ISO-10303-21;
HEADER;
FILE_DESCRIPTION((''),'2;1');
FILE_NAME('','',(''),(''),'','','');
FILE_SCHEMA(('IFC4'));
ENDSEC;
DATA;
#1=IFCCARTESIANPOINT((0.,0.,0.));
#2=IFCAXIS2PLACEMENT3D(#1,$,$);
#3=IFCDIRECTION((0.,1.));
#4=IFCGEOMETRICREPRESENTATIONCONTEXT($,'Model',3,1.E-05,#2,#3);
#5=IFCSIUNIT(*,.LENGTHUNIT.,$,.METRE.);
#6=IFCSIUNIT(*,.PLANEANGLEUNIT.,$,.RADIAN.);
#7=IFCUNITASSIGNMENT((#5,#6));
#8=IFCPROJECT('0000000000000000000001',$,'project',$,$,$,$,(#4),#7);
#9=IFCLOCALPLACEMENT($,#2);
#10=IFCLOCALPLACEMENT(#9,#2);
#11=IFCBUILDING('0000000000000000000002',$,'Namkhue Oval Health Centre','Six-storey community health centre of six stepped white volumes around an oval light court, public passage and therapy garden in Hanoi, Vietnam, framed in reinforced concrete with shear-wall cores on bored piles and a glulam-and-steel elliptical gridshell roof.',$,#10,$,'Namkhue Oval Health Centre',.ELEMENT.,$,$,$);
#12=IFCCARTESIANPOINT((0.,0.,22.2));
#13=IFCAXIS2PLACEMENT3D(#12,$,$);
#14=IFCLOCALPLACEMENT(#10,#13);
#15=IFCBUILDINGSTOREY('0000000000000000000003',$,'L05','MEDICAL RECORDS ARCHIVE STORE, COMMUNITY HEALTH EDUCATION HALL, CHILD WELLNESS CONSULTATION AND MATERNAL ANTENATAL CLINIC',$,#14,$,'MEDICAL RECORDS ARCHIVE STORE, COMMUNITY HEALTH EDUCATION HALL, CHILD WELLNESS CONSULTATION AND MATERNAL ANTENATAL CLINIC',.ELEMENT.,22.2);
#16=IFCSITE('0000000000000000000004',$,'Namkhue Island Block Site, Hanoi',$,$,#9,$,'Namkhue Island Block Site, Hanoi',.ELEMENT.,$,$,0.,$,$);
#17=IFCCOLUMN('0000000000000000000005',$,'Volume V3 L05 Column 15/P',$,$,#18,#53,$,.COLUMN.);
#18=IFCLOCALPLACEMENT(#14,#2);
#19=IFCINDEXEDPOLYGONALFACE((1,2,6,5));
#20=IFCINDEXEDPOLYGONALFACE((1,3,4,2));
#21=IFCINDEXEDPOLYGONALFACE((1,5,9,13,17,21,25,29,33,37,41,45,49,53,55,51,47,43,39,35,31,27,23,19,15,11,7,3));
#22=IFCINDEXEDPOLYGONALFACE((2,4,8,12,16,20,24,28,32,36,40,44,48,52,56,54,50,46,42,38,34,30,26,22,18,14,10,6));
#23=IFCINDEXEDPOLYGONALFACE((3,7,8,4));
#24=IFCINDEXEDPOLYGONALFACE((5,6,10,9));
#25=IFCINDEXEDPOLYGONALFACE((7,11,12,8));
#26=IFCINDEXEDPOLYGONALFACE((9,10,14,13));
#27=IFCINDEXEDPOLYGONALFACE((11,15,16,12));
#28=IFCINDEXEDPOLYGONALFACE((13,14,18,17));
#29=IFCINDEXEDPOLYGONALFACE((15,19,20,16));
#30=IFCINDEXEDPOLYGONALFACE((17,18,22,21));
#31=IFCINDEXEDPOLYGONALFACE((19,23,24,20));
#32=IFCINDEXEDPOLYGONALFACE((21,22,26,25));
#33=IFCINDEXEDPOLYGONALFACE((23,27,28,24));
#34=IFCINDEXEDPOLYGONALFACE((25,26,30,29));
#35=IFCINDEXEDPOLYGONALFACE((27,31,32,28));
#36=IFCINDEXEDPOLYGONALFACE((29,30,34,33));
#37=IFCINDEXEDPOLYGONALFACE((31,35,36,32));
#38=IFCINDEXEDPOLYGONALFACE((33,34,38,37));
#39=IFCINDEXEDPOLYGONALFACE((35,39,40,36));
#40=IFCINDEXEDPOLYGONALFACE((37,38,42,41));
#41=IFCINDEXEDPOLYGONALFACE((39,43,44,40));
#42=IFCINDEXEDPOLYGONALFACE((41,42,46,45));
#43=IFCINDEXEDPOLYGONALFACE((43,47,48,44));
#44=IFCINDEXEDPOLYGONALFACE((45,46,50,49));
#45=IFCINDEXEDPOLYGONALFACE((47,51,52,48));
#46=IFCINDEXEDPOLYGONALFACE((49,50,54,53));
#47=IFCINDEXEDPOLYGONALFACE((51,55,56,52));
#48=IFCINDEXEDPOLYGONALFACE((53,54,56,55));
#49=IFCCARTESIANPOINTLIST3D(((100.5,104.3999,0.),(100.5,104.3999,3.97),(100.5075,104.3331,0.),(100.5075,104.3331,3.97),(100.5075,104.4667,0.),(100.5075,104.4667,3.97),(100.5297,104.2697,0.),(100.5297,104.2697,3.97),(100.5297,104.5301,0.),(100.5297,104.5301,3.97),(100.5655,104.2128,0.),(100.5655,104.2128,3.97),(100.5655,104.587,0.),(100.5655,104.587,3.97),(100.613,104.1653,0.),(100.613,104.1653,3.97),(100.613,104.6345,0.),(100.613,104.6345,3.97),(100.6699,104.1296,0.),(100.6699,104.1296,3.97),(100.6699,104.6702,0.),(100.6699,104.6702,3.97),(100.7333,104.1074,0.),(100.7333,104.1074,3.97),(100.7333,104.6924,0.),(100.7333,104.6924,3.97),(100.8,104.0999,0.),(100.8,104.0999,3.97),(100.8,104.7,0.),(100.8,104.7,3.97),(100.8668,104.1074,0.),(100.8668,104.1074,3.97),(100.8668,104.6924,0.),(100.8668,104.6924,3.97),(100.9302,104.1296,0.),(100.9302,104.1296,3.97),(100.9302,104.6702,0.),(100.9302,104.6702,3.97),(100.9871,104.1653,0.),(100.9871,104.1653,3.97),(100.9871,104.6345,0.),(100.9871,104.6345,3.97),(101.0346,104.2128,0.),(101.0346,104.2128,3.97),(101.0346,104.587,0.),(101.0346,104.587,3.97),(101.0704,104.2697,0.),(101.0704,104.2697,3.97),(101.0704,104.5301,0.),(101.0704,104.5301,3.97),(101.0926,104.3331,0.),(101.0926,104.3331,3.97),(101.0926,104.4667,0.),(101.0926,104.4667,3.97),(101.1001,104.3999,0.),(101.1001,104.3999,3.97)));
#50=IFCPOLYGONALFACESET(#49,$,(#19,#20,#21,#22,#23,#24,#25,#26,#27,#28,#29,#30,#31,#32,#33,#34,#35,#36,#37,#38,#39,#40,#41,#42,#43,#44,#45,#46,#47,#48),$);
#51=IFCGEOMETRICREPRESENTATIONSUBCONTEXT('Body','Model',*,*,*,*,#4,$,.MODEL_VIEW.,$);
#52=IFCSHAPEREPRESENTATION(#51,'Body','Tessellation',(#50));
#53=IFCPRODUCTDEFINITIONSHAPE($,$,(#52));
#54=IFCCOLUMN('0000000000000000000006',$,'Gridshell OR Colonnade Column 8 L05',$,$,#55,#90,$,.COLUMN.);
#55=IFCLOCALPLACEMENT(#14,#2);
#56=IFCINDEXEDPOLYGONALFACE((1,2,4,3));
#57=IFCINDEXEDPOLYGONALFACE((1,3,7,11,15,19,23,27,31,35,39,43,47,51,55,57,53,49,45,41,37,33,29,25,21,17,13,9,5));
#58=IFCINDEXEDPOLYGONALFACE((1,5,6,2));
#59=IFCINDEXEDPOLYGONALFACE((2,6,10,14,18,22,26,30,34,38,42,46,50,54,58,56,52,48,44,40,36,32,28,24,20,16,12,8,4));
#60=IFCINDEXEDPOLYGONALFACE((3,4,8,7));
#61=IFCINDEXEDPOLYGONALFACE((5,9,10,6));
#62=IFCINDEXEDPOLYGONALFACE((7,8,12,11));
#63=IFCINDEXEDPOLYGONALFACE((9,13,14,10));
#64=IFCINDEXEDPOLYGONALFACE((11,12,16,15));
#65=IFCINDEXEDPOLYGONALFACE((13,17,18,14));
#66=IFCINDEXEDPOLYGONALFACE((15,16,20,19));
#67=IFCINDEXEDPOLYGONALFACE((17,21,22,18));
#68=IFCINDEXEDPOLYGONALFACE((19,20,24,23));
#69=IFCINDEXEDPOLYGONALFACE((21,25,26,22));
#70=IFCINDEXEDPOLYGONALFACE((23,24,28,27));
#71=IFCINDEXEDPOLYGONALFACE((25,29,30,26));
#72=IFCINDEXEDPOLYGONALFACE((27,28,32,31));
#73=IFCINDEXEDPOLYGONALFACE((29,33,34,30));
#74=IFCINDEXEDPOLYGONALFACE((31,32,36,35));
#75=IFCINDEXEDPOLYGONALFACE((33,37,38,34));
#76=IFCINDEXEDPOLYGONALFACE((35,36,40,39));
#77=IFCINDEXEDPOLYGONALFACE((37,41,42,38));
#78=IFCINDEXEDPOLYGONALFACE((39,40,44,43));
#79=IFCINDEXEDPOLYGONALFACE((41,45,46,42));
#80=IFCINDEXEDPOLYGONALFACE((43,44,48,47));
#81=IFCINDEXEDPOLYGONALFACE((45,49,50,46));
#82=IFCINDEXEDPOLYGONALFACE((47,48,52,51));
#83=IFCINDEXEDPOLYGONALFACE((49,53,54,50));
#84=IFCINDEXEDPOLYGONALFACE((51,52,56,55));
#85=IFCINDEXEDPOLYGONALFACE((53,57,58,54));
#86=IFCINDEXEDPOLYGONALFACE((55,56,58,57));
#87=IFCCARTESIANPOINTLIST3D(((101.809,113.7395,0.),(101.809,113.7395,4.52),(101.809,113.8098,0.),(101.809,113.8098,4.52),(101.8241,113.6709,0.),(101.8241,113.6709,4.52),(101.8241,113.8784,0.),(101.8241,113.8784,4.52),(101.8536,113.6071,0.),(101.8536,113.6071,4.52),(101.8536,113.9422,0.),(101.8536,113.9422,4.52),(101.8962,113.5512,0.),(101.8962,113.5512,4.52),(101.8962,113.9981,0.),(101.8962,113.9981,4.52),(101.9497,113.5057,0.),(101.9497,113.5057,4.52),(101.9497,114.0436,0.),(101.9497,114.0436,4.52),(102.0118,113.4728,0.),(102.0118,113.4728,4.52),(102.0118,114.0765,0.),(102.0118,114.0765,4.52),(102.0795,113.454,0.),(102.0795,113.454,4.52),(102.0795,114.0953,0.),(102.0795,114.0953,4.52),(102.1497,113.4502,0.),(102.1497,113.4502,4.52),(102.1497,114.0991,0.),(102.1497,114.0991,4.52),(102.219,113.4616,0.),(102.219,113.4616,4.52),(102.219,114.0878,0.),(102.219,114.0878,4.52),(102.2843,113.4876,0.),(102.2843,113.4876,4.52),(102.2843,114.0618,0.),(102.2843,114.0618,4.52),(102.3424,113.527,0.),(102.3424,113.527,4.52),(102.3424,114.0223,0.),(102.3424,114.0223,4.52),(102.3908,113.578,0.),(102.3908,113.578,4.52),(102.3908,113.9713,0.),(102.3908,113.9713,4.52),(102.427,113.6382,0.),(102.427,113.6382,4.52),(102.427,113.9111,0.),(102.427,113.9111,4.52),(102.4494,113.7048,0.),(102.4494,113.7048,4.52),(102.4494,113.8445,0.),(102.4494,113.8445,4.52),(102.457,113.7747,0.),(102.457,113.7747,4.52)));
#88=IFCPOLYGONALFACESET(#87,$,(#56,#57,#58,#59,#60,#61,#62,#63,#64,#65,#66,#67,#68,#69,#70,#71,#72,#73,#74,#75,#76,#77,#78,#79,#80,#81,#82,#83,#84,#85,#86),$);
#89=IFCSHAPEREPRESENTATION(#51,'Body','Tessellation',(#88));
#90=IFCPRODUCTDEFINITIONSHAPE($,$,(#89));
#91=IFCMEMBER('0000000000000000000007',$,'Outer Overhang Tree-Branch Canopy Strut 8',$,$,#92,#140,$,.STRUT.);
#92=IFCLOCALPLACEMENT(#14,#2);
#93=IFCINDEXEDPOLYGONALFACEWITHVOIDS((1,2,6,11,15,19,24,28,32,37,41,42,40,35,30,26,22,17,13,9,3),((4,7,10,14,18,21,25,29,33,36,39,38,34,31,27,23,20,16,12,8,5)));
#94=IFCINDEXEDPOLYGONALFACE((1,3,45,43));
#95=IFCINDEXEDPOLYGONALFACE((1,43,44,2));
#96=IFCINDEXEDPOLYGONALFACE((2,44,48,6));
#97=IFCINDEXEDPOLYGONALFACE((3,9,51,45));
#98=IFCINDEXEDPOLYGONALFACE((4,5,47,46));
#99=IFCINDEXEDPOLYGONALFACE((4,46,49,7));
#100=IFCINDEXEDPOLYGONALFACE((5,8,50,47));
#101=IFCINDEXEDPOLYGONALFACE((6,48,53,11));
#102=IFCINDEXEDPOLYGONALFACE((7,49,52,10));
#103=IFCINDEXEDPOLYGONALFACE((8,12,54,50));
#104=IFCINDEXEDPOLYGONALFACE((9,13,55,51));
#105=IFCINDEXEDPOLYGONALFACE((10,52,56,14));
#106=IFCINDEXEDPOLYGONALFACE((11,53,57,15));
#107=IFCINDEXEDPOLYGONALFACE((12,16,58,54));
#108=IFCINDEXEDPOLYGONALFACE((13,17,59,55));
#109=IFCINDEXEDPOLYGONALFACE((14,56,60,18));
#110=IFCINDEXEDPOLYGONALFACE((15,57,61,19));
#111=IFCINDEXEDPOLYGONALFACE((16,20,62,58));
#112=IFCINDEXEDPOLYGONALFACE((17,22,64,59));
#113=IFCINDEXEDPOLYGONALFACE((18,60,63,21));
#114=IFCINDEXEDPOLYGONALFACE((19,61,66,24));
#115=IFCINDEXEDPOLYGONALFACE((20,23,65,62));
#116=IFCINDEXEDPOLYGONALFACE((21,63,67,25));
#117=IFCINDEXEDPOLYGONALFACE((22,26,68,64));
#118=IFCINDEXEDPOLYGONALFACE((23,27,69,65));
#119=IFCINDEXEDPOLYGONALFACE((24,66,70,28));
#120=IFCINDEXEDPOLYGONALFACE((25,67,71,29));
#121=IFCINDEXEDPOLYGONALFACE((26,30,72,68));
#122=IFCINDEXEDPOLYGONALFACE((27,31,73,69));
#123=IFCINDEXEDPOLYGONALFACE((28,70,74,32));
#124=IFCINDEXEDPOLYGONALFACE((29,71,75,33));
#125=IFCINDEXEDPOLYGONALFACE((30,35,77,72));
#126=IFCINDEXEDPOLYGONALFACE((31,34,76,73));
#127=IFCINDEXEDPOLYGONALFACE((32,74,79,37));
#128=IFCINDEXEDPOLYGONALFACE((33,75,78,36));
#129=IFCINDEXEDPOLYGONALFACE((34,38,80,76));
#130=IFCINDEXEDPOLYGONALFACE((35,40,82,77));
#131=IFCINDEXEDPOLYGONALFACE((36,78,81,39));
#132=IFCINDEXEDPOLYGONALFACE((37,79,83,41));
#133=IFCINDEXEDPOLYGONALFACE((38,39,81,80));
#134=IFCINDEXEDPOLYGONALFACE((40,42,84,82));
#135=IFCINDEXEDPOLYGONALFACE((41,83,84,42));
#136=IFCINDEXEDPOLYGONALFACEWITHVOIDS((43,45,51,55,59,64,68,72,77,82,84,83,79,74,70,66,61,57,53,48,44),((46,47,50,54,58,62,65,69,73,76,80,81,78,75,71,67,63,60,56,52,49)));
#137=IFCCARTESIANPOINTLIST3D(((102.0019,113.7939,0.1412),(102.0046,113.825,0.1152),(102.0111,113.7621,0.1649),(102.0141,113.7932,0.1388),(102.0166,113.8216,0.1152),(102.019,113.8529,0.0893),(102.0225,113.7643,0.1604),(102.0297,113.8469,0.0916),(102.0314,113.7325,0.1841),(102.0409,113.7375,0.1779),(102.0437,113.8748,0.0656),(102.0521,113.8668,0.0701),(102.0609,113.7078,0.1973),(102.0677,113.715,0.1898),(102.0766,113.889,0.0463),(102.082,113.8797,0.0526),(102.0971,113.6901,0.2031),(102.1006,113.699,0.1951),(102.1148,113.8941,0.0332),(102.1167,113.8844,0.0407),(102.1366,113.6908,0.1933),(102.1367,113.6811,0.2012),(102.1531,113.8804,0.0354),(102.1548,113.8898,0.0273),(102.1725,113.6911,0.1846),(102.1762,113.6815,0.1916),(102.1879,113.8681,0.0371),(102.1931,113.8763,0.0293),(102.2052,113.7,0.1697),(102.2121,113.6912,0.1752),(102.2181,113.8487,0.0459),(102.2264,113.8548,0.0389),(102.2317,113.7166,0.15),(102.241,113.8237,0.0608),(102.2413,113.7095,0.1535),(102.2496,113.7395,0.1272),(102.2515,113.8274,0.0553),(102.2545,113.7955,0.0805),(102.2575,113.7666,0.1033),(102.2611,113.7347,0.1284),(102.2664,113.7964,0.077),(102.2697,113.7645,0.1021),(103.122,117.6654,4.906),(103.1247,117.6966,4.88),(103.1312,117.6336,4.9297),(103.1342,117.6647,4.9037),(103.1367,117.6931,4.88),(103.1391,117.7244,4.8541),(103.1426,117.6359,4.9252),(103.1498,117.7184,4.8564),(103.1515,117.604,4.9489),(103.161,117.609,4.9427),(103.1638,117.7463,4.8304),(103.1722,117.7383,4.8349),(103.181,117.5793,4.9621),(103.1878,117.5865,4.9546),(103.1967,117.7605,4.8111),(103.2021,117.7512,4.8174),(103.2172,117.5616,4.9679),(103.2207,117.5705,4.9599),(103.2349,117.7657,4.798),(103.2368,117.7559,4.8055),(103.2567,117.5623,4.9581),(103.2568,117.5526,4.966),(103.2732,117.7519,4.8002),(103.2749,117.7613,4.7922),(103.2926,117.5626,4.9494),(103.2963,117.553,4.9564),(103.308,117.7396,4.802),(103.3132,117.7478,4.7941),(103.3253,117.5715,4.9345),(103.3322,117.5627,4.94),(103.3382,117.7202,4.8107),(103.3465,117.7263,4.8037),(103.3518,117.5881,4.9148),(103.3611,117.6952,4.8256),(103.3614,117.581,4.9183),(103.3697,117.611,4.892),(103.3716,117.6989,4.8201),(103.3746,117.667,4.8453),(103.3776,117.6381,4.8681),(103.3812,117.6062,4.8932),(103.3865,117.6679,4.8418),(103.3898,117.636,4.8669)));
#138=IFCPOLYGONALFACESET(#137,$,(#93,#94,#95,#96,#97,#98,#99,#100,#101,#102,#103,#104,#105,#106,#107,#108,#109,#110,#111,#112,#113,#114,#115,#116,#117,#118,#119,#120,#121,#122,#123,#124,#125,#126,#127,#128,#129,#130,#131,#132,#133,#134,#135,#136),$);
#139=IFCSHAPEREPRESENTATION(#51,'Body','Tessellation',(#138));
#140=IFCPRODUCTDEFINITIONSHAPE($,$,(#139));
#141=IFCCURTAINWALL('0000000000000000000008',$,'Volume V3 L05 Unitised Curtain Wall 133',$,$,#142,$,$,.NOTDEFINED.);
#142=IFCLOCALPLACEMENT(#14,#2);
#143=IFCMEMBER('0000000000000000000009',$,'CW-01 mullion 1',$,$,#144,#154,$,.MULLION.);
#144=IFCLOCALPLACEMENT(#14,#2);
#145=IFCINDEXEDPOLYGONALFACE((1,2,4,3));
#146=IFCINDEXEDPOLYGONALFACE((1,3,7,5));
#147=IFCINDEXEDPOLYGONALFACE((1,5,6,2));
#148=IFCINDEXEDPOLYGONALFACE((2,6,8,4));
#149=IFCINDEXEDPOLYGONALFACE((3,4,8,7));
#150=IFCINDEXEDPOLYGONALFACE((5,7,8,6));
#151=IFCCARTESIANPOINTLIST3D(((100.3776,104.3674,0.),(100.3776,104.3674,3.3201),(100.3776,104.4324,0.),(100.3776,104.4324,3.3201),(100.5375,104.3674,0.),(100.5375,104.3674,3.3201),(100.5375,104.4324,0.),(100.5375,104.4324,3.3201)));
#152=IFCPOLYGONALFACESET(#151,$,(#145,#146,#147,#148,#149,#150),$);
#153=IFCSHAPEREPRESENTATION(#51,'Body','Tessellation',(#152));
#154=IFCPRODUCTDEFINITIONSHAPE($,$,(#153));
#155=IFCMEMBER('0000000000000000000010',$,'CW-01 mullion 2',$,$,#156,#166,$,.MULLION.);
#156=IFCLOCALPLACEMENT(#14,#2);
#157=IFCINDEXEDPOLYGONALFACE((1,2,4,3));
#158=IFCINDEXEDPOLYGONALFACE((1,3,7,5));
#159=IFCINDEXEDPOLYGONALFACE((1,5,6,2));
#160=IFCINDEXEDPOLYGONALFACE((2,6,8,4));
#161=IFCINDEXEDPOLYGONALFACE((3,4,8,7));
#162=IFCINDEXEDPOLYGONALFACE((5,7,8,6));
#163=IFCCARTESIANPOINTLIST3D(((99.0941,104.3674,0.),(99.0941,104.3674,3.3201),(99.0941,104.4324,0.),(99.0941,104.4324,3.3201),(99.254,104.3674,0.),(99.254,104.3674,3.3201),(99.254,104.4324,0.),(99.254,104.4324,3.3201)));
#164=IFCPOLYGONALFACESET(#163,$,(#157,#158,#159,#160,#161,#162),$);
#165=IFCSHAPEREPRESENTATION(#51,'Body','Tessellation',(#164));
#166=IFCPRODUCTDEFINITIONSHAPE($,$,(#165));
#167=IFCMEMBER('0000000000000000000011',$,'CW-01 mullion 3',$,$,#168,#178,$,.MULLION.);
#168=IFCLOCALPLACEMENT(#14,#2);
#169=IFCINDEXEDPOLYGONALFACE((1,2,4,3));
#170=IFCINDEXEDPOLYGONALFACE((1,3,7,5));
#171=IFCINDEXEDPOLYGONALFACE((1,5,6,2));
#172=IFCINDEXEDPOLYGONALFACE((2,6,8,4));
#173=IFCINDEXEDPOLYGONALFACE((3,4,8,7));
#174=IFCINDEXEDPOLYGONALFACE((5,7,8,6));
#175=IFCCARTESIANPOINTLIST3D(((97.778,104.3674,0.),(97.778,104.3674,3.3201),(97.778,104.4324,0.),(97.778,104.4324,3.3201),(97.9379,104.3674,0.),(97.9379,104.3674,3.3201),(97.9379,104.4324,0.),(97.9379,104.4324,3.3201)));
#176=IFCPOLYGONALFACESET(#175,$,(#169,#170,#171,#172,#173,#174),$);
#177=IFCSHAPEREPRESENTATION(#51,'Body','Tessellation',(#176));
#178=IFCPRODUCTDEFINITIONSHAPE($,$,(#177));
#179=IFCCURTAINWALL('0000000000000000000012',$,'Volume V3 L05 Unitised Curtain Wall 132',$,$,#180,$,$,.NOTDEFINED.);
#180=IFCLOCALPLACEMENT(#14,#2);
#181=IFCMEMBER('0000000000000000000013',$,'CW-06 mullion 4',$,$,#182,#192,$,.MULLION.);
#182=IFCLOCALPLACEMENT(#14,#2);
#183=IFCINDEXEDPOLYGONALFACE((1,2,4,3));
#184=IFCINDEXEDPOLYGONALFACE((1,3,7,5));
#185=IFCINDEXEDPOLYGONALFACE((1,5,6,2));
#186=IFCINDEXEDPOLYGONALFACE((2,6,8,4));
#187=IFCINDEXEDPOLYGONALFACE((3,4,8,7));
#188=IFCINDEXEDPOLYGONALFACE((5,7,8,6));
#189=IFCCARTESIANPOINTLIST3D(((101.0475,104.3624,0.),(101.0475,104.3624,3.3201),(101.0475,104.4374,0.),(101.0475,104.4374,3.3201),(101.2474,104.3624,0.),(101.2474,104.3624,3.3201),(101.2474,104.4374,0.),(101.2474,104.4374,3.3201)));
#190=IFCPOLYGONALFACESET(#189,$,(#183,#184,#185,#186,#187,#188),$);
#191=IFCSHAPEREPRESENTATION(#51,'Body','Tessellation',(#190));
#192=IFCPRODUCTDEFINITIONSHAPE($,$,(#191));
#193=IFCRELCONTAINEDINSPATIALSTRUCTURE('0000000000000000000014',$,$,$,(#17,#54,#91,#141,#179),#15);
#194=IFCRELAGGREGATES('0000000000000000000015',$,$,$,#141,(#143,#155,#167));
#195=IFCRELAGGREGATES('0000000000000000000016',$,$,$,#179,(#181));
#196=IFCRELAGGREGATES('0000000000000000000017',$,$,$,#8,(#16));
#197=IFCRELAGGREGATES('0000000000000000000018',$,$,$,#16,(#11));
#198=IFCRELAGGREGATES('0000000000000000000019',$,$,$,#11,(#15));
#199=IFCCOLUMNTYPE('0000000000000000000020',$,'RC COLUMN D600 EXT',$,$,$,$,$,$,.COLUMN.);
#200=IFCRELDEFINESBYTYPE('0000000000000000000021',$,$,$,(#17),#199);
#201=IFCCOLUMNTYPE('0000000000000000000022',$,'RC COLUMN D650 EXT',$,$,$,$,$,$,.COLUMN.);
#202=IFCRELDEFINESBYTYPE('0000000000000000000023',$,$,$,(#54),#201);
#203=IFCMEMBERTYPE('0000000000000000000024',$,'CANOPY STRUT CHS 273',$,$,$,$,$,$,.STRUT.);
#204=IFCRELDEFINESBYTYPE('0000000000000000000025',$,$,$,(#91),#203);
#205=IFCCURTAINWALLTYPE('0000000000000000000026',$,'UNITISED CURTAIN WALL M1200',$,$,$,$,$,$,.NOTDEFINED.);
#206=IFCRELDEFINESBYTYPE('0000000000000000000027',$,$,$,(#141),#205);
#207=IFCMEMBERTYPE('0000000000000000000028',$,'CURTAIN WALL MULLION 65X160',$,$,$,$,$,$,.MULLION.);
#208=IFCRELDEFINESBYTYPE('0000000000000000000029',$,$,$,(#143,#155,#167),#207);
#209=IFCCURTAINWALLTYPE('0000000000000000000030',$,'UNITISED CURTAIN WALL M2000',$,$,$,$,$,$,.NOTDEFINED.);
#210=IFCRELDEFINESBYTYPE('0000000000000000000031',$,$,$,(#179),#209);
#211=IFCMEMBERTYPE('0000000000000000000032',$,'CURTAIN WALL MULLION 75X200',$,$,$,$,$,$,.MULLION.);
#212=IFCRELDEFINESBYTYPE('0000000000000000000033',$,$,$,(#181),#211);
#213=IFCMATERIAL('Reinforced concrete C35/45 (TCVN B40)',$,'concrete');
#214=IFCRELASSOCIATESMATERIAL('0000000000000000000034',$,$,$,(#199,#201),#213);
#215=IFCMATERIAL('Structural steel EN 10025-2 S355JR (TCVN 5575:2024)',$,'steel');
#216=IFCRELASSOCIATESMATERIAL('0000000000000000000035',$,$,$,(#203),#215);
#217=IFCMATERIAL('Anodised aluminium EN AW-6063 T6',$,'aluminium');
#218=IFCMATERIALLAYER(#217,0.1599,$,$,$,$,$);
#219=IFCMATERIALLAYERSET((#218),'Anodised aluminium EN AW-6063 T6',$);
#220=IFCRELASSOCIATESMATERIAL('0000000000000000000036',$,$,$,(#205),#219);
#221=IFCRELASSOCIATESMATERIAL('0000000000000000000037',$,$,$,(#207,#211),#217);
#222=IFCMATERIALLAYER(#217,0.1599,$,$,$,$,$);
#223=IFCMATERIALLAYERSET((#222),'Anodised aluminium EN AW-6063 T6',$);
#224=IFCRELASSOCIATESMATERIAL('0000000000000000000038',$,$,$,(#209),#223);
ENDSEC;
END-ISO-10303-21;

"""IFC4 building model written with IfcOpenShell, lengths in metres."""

from ifc_helpers import new_model, si_unit, direction, frame, origin, origin_2d, place, context, subcontext, project, spatial, rectangle, circle, hollow_circle, extrude, material, layer, layer_set, material_profile, profile_set, type_object, element, aggregate, save


model = new_model("IFC4")

# Units and contexts
model_context = context("Model", 3, precision=1e-05, world=origin(), true_north=direction((0.0, 1.0)))
body_context = subcontext(model_context, "Body", "Model", "MODEL_VIEW")
ifc_project = project(units=[si_unit("LENGTHUNIT", "METRE"), si_unit("PLANEANGLEUNIT", "RADIAN")], contexts=[model_context])

# Site, building, storey
site_placement = place(None, origin())
site = spatial("IfcSite", under=ifc_project, at=site_placement, Name="Namkhue Island Block Site, Hanoi", LongName="Namkhue Island Block Site, Hanoi", CompositionType="ELEMENT", RefElevation=0.0)
building_placement = place(site_placement, origin())
building = spatial("IfcBuilding", under=site, at=building_placement, Name="Namkhue Oval Health Centre", Description="Six-storey community health centre of six stepped white volumes around an oval light court, public passage and therapy garden in Hanoi, Vietnam, framed in reinforced concrete with shear-wall cores on bored piles and a glulam-and-steel elliptical gridshell roof.", LongName="Namkhue Oval Health Centre", CompositionType="ELEMENT")
storey_placement = place(building_placement, frame((0.0, 0.0, 22.2)))
storey = spatial("IfcBuildingStorey", under=building, at=storey_placement, Name="L05", Description="MEDICAL RECORDS ARCHIVE STORE, COMMUNITY HEALTH EDUCATION HALL, CHILD WELLNESS CONSULTATION AND MATERNAL ANTENATAL CLINIC", LongName="MEDICAL RECORDS ARCHIVE STORE, COMMUNITY HEALTH EDUCATION HALL, CHILD WELLNESS CONSULTATION AND MATERNAL ANTENATAL CLINIC", CompositionType="ELEMENT", Elevation=22.2)

# Columns
ifc_material_1 = material(Name="Reinforced concrete C35/45 (TCVN B40)", Category="concrete")
ifc_material_profile_1 = material_profile(ifc_material_1, circle(Radius=0.3, at=origin_2d()), Name="RC D600")
ifc_profile_set_1 = profile_set([ifc_material_profile_1], Name="Reinforced concrete C35/45 (TCVN B40)")
column_type_1 = type_object("IfcColumnType", Name="RC COLUMN D600 EXT", PredefinedType="COLUMN", material=ifc_profile_set_1)
column_1_placement = place(storey_placement, frame((100.8, 104.3999, 0.0), z_axis=(0.0, 0.0, 1.0), x_axis=(1.0, 0.0, 0.0)))
element("IfcColumn", 1, at=column_1_placement, inside=storey, type_object=column_type_1, Name="Volume V3 L05 Column 15/P", PredefinedType="COLUMN", context=body_context, shape_type="SweptSolid", body=[
    extrude(circle(Radius=0.3, at=origin_2d()), origin(), (0.0, 0.0, 1.0), 3.97),
])
ifc_material_profile_2 = material_profile(ifc_material_1, circle(Radius=0.325, at=origin_2d()), Name="RC D650")
ifc_profile_set_2 = profile_set([ifc_material_profile_2], Name="Reinforced concrete C35/45 (TCVN B40)")
column_type_2 = type_object("IfcColumnType", Name="RC COLUMN D650 EXT", PredefinedType="COLUMN", material=ifc_profile_set_2)
column_2_placement = place(storey_placement, frame((102.1321, 113.7747, 0.0), z_axis=(0.0, 0.0, 1.0), x_axis=(1.0, 0.0, 0.0)))
element("IfcColumn", 2, at=column_2_placement, inside=storey, type_object=column_type_2, Name="Gridshell OR Colonnade Column 8 L05", PredefinedType="COLUMN", context=body_context, shape_type="SweptSolid", body=[
    extrude(circle(Radius=0.325, at=origin_2d()), origin(), (0.0, 0.0, 1.0), 4.52),
])

# Member
ifc_material_2 = material(Name="Structural steel EN 10025-2 S355JR (TCVN 5575:2024)", Category="steel")
ifc_material_profile_3 = material_profile(ifc_material_2, hollow_circle(Radius=0.1365, WallThickness=0.0125, at=origin_2d()), Name="CHS 273x12.5")
ifc_profile_set_3 = profile_set([ifc_material_profile_3], Name="Structural steel EN 10025-2 S355JR (TCVN 5575:2024)")
member_type_1 = type_object("IfcMemberType", Name="CANOPY STRUT CHS 273", PredefinedType="STRUT", material=ifc_profile_set_3)
member_1_placement = place(storey_placement, frame((102.1357, 113.7871, 0.1152), z_axis=(0.179482, 0.620363, 0.763503), x_axis=(-0.960604, 0.27792, 0.0)))
element("IfcMember", 3, at=member_1_placement, inside=storey, type_object=member_type_1, Name="Outer Overhang Tree-Branch Canopy Strut 8", PredefinedType="STRUT", context=body_context, shape_type="SweptSolid", body=[
    extrude(hollow_circle(Radius=0.1365, WallThickness=0.0125, at=origin_2d()), origin(), (0.0, 0.0, 1.0), 6.2407),
])

# Curtain wall, members
ifc_material_3 = material(Name="Anodised aluminium EN AW-6063 T6", Category="aluminium")
ifc_layer_1 = layer(ifc_material_3, 0.1599)
ifc_layer_set_1 = layer_set([ifc_layer_1], Name="Anodised aluminium EN AW-6063 T6")
curtain_wall_type_1 = type_object("IfcCurtainWallType", Name="UNITISED CURTAIN WALL M1200", PredefinedType="NOTDEFINED", material=ifc_layer_set_1)
curtain_wall_1_placement = place(storey_placement, origin())
curtain_wall_1 = element("IfcCurtainWall", 4, at=curtain_wall_1_placement, inside=storey, type_object=curtain_wall_type_1, Name="Volume V3 L05 Unitised Curtain Wall 133", PredefinedType="NOTDEFINED")
ifc_material_profile_4 = material_profile(ifc_material_3, rectangle(XDim=0.0649, YDim=0.1599, at=origin_2d()), Name="ALU 65x160")
ifc_profile_set_4 = profile_set([ifc_material_profile_4], Name="Anodised aluminium EN AW-6063 T6")
member_type_2 = type_object("IfcMemberType", Name="CURTAIN WALL MULLION 65X160", PredefinedType="MULLION", material=ifc_profile_set_4)
member_2_placement = place(storey_placement, frame((100.4575, 104.3999, 0.0), z_axis=(0.0, 0.0, 1.0), x_axis=(0.0, -1.0, 0.0)))
member_2 = element("IfcMember", 5, at=member_2_placement, type_object=member_type_2, Name="CW-01 mullion 1", PredefinedType="MULLION", context=body_context, shape_type="SweptSolid", body=[
    extrude(rectangle(XDim=0.0649, YDim=0.1599, at=origin_2d()), origin(), (0.0, 0.0, 1.0), 3.3201),
])
member_3_placement = place(storey_placement, frame((99.1741, 104.3999, 0.0), z_axis=(0.0, 0.0, 1.0), x_axis=(0.0, -1.0, 0.0)))
member_3 = element("IfcMember", 6, at=member_3_placement, type_object=member_type_2, Name="CW-01 mullion 2", PredefinedType="MULLION", context=body_context, shape_type="SweptSolid", body=[
    extrude(rectangle(XDim=0.0649, YDim=0.1599, at=origin_2d()), origin(), (0.0, 0.0, 1.0), 3.3201),
])
member_4_placement = place(storey_placement, frame((97.8579, 104.3999, 0.0), z_axis=(0.0, 0.0, 1.0), x_axis=(0.0, -1.0, 0.0)))
member_4 = element("IfcMember", 7, at=member_4_placement, type_object=member_type_2, Name="CW-01 mullion 3", PredefinedType="MULLION", context=body_context, shape_type="SweptSolid", body=[
    extrude(rectangle(XDim=0.0649, YDim=0.1599, at=origin_2d()), origin(), (0.0, 0.0, 1.0), 3.3201),
])

# Curtain wall, member
ifc_layer_2 = layer(ifc_material_3, 0.1599)
ifc_layer_set_2 = layer_set([ifc_layer_2], Name="Anodised aluminium EN AW-6063 T6")
curtain_wall_type_2 = type_object("IfcCurtainWallType", Name="UNITISED CURTAIN WALL M2000", PredefinedType="NOTDEFINED", material=ifc_layer_set_2)
curtain_wall_2_placement = place(storey_placement, origin())
curtain_wall_2 = element("IfcCurtainWall", 8, at=curtain_wall_2_placement, inside=storey, type_object=curtain_wall_type_2, Name="Volume V3 L05 Unitised Curtain Wall 132", PredefinedType="NOTDEFINED")
ifc_material_profile_5 = material_profile(ifc_material_3, rectangle(XDim=0.075, YDim=0.2, at=origin_2d()), Name="ALU 75x200")
ifc_profile_set_5 = profile_set([ifc_material_profile_5], Name="Anodised aluminium EN AW-6063 T6")
member_type_3 = type_object("IfcMemberType", Name="CURTAIN WALL MULLION 75X200", PredefinedType="MULLION", material=ifc_profile_set_5)
member_5_placement = place(storey_placement, frame((101.1475, 104.3999, 0.0), z_axis=(0.0, 0.0, 1.0), x_axis=(0.0, -1.0, 0.0)))
member_5 = element("IfcMember", 9, at=member_5_placement, type_object=member_type_3, Name="CW-06 mullion 4", PredefinedType="MULLION", context=body_context, shape_type="SweptSolid", body=[
    extrude(rectangle(XDim=0.075, YDim=0.2, at=origin_2d()), origin(), (0.0, 0.0, 1.0), 3.3201),
])

aggregate(curtain_wall_1, [member_2, member_3, member_4])
aggregate(curtain_wall_2, [member_5])

save(model, "model.ifc")
